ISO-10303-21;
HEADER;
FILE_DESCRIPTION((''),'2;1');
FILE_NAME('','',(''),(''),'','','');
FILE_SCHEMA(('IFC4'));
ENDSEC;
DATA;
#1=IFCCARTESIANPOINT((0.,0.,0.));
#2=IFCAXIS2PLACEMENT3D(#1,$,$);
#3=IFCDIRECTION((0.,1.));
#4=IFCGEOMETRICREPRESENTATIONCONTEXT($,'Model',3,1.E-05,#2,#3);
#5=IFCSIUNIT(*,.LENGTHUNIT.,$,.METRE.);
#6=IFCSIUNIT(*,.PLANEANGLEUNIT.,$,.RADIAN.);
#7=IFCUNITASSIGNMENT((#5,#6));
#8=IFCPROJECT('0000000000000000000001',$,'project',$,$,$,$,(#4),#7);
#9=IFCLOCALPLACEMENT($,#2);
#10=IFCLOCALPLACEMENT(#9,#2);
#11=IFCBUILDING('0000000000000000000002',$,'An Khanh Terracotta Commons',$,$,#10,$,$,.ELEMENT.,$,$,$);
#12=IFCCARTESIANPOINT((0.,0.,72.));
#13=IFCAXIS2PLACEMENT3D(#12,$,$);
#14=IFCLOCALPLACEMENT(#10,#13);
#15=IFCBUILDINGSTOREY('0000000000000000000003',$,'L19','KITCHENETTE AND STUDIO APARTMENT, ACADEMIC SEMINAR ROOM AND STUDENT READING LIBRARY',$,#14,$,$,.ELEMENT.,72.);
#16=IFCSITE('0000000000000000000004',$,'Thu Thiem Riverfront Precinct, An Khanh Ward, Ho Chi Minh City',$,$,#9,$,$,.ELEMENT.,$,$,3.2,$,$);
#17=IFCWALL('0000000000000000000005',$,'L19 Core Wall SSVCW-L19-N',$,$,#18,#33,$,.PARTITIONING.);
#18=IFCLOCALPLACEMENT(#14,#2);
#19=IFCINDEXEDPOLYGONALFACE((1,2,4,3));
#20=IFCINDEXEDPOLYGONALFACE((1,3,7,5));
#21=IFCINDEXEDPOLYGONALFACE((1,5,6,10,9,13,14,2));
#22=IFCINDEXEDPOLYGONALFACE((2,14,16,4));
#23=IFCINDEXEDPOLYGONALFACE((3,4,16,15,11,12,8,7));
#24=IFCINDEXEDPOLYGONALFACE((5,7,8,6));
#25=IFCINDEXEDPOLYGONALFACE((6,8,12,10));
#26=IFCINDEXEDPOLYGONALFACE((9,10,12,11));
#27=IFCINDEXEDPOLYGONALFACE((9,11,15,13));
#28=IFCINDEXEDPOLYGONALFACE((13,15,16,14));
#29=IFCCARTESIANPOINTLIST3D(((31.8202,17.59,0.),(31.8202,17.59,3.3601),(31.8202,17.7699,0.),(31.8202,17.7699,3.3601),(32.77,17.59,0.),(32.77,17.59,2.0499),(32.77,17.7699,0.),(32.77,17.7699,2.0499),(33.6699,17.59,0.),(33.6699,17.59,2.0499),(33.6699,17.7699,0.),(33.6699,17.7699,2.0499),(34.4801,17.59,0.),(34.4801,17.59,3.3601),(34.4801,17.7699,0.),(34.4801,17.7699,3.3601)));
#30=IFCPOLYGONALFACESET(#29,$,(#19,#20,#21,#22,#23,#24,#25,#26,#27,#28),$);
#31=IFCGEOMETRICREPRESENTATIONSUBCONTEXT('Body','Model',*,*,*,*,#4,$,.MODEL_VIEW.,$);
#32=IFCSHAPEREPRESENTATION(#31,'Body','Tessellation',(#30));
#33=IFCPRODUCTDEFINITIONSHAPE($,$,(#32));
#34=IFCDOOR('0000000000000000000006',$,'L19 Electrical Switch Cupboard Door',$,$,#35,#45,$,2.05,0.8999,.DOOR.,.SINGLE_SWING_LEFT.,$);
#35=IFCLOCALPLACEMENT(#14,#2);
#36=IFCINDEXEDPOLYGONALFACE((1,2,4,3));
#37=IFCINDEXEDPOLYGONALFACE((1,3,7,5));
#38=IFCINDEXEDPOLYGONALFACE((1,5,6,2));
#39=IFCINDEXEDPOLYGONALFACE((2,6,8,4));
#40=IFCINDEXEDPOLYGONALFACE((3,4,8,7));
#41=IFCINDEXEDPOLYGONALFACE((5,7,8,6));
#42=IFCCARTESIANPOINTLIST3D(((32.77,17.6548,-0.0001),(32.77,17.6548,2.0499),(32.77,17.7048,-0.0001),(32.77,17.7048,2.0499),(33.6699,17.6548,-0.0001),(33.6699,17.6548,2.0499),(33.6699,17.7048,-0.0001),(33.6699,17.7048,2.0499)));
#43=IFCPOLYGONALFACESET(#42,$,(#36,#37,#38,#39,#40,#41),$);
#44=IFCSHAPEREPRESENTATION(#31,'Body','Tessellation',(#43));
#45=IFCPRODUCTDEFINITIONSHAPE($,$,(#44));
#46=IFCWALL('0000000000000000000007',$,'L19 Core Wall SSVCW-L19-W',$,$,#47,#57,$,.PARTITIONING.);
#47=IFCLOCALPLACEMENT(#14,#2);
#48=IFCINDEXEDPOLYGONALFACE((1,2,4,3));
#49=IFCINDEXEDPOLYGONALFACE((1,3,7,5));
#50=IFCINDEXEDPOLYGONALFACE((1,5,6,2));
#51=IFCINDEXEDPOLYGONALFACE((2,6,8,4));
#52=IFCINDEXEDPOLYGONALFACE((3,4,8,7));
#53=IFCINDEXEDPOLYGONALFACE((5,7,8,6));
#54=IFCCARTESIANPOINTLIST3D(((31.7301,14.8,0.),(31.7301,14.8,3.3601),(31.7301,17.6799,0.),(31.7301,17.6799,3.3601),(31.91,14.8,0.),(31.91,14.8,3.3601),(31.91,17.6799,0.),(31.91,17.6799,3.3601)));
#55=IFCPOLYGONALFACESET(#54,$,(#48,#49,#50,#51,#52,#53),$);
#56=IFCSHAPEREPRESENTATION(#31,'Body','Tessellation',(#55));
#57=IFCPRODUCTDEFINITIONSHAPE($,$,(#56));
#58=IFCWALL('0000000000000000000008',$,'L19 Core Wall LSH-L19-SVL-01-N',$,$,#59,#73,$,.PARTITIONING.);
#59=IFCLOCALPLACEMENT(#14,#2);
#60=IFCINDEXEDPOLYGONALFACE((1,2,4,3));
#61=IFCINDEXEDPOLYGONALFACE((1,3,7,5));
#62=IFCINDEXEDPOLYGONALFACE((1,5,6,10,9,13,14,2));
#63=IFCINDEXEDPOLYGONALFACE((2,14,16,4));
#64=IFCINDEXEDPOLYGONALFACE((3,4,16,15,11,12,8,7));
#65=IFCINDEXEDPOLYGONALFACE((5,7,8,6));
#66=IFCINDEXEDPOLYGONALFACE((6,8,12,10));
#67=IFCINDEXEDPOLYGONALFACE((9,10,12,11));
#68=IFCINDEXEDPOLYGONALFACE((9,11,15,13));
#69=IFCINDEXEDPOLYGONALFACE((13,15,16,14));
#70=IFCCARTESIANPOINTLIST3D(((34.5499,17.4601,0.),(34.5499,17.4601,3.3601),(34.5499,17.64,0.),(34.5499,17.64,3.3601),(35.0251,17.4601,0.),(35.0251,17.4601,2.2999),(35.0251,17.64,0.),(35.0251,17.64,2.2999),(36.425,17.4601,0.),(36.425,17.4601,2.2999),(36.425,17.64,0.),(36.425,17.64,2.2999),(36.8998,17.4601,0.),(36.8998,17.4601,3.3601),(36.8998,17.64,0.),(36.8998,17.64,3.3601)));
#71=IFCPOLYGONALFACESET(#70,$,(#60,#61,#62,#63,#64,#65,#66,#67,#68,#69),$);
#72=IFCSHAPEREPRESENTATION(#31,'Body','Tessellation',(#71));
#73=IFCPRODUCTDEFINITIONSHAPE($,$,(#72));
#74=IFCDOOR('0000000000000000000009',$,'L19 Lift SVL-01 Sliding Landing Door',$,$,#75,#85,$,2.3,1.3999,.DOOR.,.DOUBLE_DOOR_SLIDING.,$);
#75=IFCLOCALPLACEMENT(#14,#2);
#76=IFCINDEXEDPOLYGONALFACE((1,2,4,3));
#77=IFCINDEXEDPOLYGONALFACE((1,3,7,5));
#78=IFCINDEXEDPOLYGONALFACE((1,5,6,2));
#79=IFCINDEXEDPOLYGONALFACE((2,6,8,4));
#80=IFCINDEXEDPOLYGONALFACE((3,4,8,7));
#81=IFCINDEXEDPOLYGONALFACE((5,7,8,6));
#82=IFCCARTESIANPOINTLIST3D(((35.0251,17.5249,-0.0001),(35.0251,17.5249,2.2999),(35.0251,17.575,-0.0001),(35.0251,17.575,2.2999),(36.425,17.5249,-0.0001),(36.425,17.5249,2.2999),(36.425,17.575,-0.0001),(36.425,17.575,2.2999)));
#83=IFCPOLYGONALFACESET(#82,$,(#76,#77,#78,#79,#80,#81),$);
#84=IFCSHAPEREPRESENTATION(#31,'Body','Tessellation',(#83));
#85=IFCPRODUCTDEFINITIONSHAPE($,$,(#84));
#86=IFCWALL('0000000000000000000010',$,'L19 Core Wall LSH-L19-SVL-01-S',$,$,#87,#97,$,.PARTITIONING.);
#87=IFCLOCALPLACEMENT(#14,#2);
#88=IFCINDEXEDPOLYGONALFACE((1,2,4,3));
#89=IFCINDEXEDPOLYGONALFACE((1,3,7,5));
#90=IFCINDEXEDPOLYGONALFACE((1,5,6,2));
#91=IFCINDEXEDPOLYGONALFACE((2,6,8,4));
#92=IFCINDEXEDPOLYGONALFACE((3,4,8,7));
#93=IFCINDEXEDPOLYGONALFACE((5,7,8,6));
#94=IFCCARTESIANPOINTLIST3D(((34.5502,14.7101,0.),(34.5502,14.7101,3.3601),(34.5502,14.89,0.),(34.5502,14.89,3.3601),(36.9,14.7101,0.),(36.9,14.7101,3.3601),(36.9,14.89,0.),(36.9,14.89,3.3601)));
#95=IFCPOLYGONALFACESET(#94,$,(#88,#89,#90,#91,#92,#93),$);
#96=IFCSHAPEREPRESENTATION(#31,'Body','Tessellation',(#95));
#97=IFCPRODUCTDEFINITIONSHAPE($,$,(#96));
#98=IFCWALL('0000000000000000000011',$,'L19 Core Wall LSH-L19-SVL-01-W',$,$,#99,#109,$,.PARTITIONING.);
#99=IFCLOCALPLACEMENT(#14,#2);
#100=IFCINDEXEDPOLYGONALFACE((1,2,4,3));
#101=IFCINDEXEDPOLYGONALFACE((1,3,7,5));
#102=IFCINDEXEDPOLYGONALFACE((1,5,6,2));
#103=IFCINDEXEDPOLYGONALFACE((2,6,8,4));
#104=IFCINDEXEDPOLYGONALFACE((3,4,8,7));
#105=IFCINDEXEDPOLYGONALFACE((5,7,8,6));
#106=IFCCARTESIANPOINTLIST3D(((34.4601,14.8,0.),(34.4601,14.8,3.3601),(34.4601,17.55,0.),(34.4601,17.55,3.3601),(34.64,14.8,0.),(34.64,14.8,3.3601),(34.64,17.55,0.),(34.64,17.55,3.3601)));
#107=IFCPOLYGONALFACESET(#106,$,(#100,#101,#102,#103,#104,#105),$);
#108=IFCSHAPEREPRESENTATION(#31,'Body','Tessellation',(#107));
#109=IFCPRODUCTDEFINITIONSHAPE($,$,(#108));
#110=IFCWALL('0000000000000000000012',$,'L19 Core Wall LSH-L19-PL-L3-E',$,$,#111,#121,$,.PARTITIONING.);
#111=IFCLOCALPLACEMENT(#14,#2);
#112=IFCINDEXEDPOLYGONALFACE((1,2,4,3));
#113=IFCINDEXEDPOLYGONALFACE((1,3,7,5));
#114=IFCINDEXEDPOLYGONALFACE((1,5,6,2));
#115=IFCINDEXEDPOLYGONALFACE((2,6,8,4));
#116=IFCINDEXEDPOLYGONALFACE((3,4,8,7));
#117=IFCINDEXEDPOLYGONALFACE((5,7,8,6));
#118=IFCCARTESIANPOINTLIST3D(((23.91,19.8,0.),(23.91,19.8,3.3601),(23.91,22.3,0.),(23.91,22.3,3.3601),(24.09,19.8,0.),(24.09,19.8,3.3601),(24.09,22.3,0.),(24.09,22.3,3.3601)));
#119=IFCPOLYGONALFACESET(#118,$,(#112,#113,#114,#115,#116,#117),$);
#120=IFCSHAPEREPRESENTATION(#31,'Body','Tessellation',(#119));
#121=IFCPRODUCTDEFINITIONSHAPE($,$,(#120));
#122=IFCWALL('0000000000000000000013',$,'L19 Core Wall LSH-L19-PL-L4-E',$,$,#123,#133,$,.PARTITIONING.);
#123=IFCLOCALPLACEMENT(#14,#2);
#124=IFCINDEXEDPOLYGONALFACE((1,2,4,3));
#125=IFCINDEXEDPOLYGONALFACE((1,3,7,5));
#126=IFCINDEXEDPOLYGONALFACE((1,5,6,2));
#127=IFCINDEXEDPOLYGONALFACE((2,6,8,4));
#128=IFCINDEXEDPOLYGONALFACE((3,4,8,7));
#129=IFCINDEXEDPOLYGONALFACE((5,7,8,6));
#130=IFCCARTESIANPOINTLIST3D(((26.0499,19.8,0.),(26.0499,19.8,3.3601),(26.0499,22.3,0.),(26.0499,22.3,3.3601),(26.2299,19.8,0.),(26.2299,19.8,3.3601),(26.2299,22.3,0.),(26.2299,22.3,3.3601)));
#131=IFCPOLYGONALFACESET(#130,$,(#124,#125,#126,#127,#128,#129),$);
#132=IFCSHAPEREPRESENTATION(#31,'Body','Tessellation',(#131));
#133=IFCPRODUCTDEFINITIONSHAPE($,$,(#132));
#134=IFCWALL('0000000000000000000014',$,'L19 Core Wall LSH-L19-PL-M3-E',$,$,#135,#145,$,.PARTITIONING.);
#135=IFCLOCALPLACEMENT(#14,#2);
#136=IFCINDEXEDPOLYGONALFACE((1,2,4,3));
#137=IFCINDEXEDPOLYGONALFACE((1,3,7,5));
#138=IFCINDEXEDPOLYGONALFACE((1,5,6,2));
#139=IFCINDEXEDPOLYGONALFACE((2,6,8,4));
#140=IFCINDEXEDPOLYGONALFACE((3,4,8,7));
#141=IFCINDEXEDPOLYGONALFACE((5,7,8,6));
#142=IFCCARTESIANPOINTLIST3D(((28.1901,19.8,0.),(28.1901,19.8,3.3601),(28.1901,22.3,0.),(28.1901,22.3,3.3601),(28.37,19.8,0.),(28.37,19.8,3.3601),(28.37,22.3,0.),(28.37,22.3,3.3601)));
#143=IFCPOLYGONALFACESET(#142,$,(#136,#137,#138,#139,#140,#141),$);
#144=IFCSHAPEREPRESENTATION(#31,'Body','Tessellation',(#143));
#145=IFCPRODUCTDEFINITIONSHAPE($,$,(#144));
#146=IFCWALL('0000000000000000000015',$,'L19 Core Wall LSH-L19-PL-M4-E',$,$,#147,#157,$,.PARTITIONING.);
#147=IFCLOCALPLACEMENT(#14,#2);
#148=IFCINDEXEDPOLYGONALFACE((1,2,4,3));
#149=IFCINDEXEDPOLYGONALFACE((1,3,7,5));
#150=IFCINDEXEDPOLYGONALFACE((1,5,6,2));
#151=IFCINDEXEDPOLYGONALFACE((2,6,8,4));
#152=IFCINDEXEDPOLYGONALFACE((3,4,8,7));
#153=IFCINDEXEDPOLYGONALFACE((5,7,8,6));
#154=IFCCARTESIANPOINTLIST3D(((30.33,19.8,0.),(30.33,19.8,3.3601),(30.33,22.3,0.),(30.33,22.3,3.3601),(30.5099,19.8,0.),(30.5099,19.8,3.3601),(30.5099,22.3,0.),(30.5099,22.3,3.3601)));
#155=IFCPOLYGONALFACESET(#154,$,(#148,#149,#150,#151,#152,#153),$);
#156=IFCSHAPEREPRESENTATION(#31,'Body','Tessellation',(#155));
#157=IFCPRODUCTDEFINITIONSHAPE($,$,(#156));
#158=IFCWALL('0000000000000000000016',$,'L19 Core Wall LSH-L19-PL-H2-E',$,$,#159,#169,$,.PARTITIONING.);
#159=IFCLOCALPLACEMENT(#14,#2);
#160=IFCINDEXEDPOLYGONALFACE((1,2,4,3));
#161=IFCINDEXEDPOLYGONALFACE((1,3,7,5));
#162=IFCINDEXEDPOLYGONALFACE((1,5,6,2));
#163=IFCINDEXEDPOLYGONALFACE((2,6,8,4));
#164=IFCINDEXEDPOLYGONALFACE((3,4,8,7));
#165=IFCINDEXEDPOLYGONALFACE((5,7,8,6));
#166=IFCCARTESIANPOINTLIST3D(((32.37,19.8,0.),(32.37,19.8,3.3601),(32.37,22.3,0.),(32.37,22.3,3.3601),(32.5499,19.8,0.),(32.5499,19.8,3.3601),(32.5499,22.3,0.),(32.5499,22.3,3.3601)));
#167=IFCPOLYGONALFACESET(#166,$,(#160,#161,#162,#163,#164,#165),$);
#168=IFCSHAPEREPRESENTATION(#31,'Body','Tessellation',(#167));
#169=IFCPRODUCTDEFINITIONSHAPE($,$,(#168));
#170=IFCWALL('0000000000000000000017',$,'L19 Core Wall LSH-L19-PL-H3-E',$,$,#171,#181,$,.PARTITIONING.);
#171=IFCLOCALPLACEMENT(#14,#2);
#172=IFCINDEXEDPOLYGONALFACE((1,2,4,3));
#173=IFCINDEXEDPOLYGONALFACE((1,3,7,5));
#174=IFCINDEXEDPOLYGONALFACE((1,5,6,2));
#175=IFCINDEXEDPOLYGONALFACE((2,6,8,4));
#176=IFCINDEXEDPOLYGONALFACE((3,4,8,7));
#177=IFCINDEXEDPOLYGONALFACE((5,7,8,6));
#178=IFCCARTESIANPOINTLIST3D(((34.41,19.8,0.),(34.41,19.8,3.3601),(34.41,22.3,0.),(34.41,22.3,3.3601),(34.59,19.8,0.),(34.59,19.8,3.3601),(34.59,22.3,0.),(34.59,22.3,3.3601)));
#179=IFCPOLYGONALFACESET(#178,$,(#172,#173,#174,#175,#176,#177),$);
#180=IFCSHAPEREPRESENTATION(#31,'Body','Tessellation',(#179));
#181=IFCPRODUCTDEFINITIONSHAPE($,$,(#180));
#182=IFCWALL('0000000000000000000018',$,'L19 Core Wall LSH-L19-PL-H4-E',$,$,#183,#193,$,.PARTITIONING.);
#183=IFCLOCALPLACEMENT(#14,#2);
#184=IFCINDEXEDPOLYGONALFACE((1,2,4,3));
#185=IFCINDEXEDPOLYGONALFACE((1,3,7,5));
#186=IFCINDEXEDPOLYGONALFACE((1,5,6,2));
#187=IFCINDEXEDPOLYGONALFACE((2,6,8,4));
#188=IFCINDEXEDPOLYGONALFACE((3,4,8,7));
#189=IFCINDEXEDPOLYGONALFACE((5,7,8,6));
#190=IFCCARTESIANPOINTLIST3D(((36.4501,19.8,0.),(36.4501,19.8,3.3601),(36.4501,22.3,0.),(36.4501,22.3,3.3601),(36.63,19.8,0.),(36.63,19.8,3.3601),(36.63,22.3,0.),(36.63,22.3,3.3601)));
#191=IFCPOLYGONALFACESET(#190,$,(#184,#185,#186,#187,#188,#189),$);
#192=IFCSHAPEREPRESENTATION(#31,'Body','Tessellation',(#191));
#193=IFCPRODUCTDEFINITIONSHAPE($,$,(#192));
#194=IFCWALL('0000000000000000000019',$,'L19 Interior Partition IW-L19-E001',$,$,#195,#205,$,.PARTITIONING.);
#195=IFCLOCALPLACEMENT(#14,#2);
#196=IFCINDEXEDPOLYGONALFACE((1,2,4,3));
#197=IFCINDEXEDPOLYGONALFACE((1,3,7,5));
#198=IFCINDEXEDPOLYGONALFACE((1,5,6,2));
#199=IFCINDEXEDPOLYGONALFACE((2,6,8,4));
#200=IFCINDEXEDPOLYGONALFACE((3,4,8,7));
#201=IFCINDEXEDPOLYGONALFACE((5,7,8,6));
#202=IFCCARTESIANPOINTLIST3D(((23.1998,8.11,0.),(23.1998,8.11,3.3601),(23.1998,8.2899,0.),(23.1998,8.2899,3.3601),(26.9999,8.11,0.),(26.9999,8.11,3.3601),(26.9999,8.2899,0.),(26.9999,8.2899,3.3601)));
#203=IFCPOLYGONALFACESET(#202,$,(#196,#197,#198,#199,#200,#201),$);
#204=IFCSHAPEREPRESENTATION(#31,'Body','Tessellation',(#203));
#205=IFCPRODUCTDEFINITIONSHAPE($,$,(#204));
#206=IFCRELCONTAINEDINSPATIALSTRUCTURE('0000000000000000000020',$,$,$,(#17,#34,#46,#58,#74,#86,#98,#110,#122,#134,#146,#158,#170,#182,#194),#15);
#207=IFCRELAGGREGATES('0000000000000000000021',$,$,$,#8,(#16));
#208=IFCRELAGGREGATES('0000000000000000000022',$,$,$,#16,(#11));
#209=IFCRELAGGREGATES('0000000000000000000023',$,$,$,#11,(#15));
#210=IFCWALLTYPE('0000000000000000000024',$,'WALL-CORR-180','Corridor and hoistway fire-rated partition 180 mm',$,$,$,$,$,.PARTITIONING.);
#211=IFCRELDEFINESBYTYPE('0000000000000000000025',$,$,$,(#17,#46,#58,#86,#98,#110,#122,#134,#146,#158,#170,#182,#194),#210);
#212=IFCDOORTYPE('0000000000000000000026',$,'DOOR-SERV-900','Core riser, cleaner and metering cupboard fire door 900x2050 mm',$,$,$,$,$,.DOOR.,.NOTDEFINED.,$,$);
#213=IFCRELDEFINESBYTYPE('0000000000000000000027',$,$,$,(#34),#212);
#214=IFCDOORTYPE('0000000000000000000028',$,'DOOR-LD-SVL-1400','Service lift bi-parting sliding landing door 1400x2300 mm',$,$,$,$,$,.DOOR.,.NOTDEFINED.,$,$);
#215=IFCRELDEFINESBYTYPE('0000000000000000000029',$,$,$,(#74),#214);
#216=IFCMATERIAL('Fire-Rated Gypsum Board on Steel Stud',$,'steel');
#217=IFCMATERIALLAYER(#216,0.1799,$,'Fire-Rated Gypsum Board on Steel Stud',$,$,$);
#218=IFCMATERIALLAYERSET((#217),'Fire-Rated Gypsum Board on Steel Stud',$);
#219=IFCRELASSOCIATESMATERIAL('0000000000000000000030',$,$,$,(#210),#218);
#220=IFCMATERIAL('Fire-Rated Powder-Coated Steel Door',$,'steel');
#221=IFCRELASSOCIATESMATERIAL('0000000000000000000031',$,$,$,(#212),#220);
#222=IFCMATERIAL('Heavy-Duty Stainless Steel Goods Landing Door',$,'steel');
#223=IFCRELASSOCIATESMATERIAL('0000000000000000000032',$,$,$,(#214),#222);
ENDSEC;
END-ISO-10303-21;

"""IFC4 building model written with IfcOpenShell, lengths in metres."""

from ifc_helpers import new_model, si_unit, direction, frame, frame_2d, origin, place, context, subcontext, project, spatial, rectangle, extrude, material, layer, layer_set, type_object, element, fill, save


model = new_model("IFC4")

# Units and contexts
model_context = context("Model", 3, precision=1e-05, world=origin(), true_north=direction((0.0, 1.0)))
body_context = subcontext(model_context, "Body", "Model", "MODEL_VIEW")
ifc_project = project(units=[si_unit("LENGTHUNIT", "METRE"), si_unit("PLANEANGLEUNIT", "RADIAN")], contexts=[model_context])

# Site, building, storey
site_placement = place(None, origin())
site = spatial("IfcSite", under=ifc_project, at=site_placement, Name="Thu Thiem Riverfront Precinct, An Khanh Ward, Ho Chi Minh City", CompositionType="ELEMENT", RefElevation=3.2)
building_placement = place(site_placement, origin())
building = spatial("IfcBuilding", under=site, at=building_placement, Name="An Khanh Terracotta Commons", CompositionType="ELEMENT")
storey_placement = place(building_placement, frame((0.0, 0.0, 72.0)))
storey = spatial("IfcBuildingStorey", under=building, at=storey_placement, Name="L19", Description="KITCHENETTE AND STUDIO APARTMENT, ACADEMIC SEMINAR ROOM AND STUDENT READING LIBRARY", CompositionType="ELEMENT", Elevation=72.0)

# Shared definitions
ifc_material_1 = material(Name="Fire-Rated Gypsum Board on Steel Stud", Category="steel")
ifc_layer_1 = layer(ifc_material_1, 0.1799, Name="Fire-Rated Gypsum Board on Steel Stud")
ifc_layer_set_1 = layer_set([ifc_layer_1], Name="Fire-Rated Gypsum Board on Steel Stud")
wall_type_1 = type_object("IfcWallType", Name="WALL-CORR-180", Description="Corridor and hoistway fire-rated partition 180 mm", PredefinedType="PARTITIONING", material=ifc_layer_set_1)

# Wall, opening, door
wall_1_placement = place(storey_placement, frame((31.8201, 17.6799, 0.0), z_axis=(0.0, 0.0, 1.0), x_axis=(1.0, 0.0, 0.0)))
wall_1 = element("IfcWall", 1, at=wall_1_placement, inside=storey, type_object=wall_type_1, Name="L19 Core Wall SSVCW-L19-N", PredefinedType="PARTITIONING", context=body_context, shape_type="SweptSolid", body=[
    extrude(rectangle(XDim=2.6599, YDim=0.1799, at=frame_2d((1.3301, 0.0))), origin(), (0.0, 0.0, 1.0), 3.3601),
])
opening_1_placement = place(wall_1_placement, frame((0.95, 0.0, 0.0)))
opening_1 = element("IfcOpeningElement", 2, at=opening_1_placement, cuts=wall_1, PredefinedType="OPENING", context=body_context, shape_type="SweptSolid", body=[
    extrude(rectangle(XDim=0.8999, YDim=2.05, at=frame_2d((0.45, 1.0249))), frame((0.0, 0.0999, 0.0), z_axis=(0.0, -1.0, 0.0), x_axis=(1.0, 0.0, 0.0)), (0.0, 0.0, 1.0), 0.2),
])
ifc_material_2 = material(Name="Fire-Rated Powder-Coated Steel Door", Category="steel")
door_type_1 = type_object("IfcDoorType", Name="DOOR-SERV-900", Description="Core riser, cleaner and metering cupboard fire door 900x2050 mm", OperationType="NOTDEFINED", PredefinedType="DOOR", material=ifc_material_2)
door_1_placement = place(opening_1_placement, origin())
door_1 = element("IfcDoor", 3, at=door_1_placement, inside=storey, type_object=door_type_1, Name="L19 Electrical Switch Cupboard Door", OperationType="SINGLE_SWING_LEFT", OverallHeight=2.05, OverallWidth=0.8999, PredefinedType="DOOR", context=body_context, shape_type="SweptSolid", body=[
    extrude(rectangle(XDim=0.8999, YDim=2.05, at=frame_2d((0.45, 1.0249))), frame((0.0, 0.0249, 0.0), z_axis=(0.0, -1.0, 0.0), x_axis=(1.0, 0.0, 0.0)), (0.0, 0.0, 1.0), 0.05),
])
fill(opening_1, door_1)

# Wall
wall_2_placement = place(storey_placement, frame((31.8201, 14.8, 0.0), z_axis=(0.0, 0.0, 1.0), x_axis=(0.0, 1.0, 0.0)))
element("IfcWall", 4, at=wall_2_placement, inside=storey, type_object=wall_type_1, Name="L19 Core Wall SSVCW-L19-W", PredefinedType="PARTITIONING", context=body_context, shape_type="SweptSolid", body=[
    extrude(rectangle(XDim=2.8799, YDim=0.1799, at=frame_2d((1.4399, 0.0))), origin(), (0.0, 0.0, 1.0), 3.3601),
])

# Wall, opening, door
wall_3_placement = place(storey_placement, frame((34.55, 17.55, 0.0), z_axis=(0.0, 0.0, 1.0), x_axis=(1.0, 0.0, 0.0)))
wall_3 = element("IfcWall", 5, at=wall_3_placement, inside=storey, type_object=wall_type_1, Name="L19 Core Wall LSH-L19-SVL-01-N", PredefinedType="PARTITIONING", context=body_context, shape_type="SweptSolid", body=[
    extrude(rectangle(XDim=2.3499, YDim=0.1799, at=frame_2d((1.1748, 0.0))), origin(), (0.0, 0.0, 1.0), 3.3601),
])
opening_2_placement = place(wall_3_placement, frame((0.4751, 0.0, 0.0)))
opening_2 = element("IfcOpeningElement", 6, at=opening_2_placement, cuts=wall_3, PredefinedType="OPENING", context=body_context, shape_type="SweptSolid", body=[
    extrude(rectangle(XDim=1.3999, YDim=2.3, at=frame_2d((0.7, 1.1499))), frame((0.0, 0.0999, 0.0), z_axis=(0.0, -1.0, 0.0), x_axis=(1.0, 0.0, 0.0)), (0.0, 0.0, 1.0), 0.2),
])
ifc_material_3 = material(Name="Heavy-Duty Stainless Steel Goods Landing Door", Category="steel")
door_type_2 = type_object("IfcDoorType", Name="DOOR-LD-SVL-1400", Description="Service lift bi-parting sliding landing door 1400x2300 mm", OperationType="NOTDEFINED", PredefinedType="DOOR", material=ifc_material_3)
door_2_placement = place(opening_2_placement, origin())
door_2 = element("IfcDoor", 7, at=door_2_placement, inside=storey, type_object=door_type_2, Name="L19 Lift SVL-01 Sliding Landing Door", OperationType="DOUBLE_DOOR_SLIDING", OverallHeight=2.3, OverallWidth=1.3999, PredefinedType="DOOR", context=body_context, shape_type="SweptSolid", body=[
    extrude(rectangle(XDim=1.3999, YDim=2.3, at=frame_2d((0.7, 1.1499))), frame((0.0, 0.0249, 0.0), z_axis=(0.0, -1.0, 0.0), x_axis=(1.0, 0.0, 0.0)), (0.0, 0.0, 1.0), 0.05),
])
fill(opening_2, door_2)

# Walls
wall_4_placement = place(storey_placement, frame((36.8999, 14.8, 0.0), z_axis=(0.0, 0.0, 1.0), x_axis=(-1.0, 0.0, 0.0)))
element("IfcWall", 8, at=wall_4_placement, inside=storey, type_object=wall_type_1, Name="L19 Core Wall LSH-L19-SVL-01-S", PredefinedType="PARTITIONING", context=body_context, shape_type="SweptSolid", body=[
    extrude(rectangle(XDim=2.3499, YDim=0.1799, at=frame_2d((1.1748, 0.0))), origin(), (0.0, 0.0, 1.0), 3.3601),
])
wall_5_placement = place(storey_placement, frame((34.55, 17.55, 0.0), z_axis=(0.0, 0.0, 1.0), x_axis=(0.0, -1.0, 0.0)))
element("IfcWall", 9, at=wall_5_placement, inside=storey, type_object=wall_type_1, Name="L19 Core Wall LSH-L19-SVL-01-W", PredefinedType="PARTITIONING", context=body_context, shape_type="SweptSolid", body=[
    extrude(rectangle(XDim=2.75, YDim=0.1799, at=frame_2d((1.375, 0.0))), origin(), (0.0, 0.0, 1.0), 3.3601),
])
for number, where, z_axis, x_axis, name in (
    (10, (24.0, 19.8, 0.0), (0.0, 0.0, 1.0), (0.0, 1.0, 0.0), "L19 Core Wall LSH-L19-PL-L3-E"),
    (11, (26.1399, 19.8, 0.0), (0.0, 0.0, 1.0), (0.0, 1.0, 0.0), "L19 Core Wall LSH-L19-PL-L4-E"),
    (12, (28.28, 19.8, 0.0), (0.0, 0.0, 1.0), (0.0, 1.0, 0.0), "L19 Core Wall LSH-L19-PL-M3-E"),
    (13, (30.4199, 19.8, 0.0), (0.0, 0.0, 1.0), (0.0, 1.0, 0.0), "L19 Core Wall LSH-L19-PL-M4-E"),
    (14, (32.46, 19.8, 0.0), (0.0, 0.0, 1.0), (0.0, 1.0, 0.0), "L19 Core Wall LSH-L19-PL-H2-E"),
    (15, (34.5, 19.8, 0.0), (0.0, 0.0, 1.0), (0.0, 1.0, 0.0), "L19 Core Wall LSH-L19-PL-H3-E"),
    (16, (36.54, 19.8, 0.0), (0.0, 0.0, 1.0), (0.0, 1.0, 0.0), "L19 Core Wall LSH-L19-PL-H4-E"),
):
    element("IfcWall", number, at=place(storey_placement, frame(where, z_axis=z_axis, x_axis=x_axis)), inside=storey, type_object=wall_type_1, Name=name, PredefinedType="PARTITIONING", context=body_context, shape_type="SweptSolid", body=[
        extrude(rectangle(XDim=2.5, YDim=0.1799, at=frame_2d((1.25, 0.0))), origin(), (0.0, 0.0, 1.0), 3.3601),
    ])
wall_6_placement = place(storey_placement, frame((23.2, 8.2, 0.0), z_axis=(0.0, 0.0, 1.0), x_axis=(1.0, 0.0, 0.0)))
element("IfcWall", 17, at=wall_6_placement, inside=storey, type_object=wall_type_1, Name="L19 Interior Partition IW-L19-E001", PredefinedType="PARTITIONING", context=body_context, shape_type="SweptSolid", body=[
    extrude(rectangle(XDim=3.8, YDim=0.1799, at=frame_2d((1.8999, 0.0))), origin(), (0.0, 0.0, 1.0), 3.3601),
])

save(model, "model.ifc")
